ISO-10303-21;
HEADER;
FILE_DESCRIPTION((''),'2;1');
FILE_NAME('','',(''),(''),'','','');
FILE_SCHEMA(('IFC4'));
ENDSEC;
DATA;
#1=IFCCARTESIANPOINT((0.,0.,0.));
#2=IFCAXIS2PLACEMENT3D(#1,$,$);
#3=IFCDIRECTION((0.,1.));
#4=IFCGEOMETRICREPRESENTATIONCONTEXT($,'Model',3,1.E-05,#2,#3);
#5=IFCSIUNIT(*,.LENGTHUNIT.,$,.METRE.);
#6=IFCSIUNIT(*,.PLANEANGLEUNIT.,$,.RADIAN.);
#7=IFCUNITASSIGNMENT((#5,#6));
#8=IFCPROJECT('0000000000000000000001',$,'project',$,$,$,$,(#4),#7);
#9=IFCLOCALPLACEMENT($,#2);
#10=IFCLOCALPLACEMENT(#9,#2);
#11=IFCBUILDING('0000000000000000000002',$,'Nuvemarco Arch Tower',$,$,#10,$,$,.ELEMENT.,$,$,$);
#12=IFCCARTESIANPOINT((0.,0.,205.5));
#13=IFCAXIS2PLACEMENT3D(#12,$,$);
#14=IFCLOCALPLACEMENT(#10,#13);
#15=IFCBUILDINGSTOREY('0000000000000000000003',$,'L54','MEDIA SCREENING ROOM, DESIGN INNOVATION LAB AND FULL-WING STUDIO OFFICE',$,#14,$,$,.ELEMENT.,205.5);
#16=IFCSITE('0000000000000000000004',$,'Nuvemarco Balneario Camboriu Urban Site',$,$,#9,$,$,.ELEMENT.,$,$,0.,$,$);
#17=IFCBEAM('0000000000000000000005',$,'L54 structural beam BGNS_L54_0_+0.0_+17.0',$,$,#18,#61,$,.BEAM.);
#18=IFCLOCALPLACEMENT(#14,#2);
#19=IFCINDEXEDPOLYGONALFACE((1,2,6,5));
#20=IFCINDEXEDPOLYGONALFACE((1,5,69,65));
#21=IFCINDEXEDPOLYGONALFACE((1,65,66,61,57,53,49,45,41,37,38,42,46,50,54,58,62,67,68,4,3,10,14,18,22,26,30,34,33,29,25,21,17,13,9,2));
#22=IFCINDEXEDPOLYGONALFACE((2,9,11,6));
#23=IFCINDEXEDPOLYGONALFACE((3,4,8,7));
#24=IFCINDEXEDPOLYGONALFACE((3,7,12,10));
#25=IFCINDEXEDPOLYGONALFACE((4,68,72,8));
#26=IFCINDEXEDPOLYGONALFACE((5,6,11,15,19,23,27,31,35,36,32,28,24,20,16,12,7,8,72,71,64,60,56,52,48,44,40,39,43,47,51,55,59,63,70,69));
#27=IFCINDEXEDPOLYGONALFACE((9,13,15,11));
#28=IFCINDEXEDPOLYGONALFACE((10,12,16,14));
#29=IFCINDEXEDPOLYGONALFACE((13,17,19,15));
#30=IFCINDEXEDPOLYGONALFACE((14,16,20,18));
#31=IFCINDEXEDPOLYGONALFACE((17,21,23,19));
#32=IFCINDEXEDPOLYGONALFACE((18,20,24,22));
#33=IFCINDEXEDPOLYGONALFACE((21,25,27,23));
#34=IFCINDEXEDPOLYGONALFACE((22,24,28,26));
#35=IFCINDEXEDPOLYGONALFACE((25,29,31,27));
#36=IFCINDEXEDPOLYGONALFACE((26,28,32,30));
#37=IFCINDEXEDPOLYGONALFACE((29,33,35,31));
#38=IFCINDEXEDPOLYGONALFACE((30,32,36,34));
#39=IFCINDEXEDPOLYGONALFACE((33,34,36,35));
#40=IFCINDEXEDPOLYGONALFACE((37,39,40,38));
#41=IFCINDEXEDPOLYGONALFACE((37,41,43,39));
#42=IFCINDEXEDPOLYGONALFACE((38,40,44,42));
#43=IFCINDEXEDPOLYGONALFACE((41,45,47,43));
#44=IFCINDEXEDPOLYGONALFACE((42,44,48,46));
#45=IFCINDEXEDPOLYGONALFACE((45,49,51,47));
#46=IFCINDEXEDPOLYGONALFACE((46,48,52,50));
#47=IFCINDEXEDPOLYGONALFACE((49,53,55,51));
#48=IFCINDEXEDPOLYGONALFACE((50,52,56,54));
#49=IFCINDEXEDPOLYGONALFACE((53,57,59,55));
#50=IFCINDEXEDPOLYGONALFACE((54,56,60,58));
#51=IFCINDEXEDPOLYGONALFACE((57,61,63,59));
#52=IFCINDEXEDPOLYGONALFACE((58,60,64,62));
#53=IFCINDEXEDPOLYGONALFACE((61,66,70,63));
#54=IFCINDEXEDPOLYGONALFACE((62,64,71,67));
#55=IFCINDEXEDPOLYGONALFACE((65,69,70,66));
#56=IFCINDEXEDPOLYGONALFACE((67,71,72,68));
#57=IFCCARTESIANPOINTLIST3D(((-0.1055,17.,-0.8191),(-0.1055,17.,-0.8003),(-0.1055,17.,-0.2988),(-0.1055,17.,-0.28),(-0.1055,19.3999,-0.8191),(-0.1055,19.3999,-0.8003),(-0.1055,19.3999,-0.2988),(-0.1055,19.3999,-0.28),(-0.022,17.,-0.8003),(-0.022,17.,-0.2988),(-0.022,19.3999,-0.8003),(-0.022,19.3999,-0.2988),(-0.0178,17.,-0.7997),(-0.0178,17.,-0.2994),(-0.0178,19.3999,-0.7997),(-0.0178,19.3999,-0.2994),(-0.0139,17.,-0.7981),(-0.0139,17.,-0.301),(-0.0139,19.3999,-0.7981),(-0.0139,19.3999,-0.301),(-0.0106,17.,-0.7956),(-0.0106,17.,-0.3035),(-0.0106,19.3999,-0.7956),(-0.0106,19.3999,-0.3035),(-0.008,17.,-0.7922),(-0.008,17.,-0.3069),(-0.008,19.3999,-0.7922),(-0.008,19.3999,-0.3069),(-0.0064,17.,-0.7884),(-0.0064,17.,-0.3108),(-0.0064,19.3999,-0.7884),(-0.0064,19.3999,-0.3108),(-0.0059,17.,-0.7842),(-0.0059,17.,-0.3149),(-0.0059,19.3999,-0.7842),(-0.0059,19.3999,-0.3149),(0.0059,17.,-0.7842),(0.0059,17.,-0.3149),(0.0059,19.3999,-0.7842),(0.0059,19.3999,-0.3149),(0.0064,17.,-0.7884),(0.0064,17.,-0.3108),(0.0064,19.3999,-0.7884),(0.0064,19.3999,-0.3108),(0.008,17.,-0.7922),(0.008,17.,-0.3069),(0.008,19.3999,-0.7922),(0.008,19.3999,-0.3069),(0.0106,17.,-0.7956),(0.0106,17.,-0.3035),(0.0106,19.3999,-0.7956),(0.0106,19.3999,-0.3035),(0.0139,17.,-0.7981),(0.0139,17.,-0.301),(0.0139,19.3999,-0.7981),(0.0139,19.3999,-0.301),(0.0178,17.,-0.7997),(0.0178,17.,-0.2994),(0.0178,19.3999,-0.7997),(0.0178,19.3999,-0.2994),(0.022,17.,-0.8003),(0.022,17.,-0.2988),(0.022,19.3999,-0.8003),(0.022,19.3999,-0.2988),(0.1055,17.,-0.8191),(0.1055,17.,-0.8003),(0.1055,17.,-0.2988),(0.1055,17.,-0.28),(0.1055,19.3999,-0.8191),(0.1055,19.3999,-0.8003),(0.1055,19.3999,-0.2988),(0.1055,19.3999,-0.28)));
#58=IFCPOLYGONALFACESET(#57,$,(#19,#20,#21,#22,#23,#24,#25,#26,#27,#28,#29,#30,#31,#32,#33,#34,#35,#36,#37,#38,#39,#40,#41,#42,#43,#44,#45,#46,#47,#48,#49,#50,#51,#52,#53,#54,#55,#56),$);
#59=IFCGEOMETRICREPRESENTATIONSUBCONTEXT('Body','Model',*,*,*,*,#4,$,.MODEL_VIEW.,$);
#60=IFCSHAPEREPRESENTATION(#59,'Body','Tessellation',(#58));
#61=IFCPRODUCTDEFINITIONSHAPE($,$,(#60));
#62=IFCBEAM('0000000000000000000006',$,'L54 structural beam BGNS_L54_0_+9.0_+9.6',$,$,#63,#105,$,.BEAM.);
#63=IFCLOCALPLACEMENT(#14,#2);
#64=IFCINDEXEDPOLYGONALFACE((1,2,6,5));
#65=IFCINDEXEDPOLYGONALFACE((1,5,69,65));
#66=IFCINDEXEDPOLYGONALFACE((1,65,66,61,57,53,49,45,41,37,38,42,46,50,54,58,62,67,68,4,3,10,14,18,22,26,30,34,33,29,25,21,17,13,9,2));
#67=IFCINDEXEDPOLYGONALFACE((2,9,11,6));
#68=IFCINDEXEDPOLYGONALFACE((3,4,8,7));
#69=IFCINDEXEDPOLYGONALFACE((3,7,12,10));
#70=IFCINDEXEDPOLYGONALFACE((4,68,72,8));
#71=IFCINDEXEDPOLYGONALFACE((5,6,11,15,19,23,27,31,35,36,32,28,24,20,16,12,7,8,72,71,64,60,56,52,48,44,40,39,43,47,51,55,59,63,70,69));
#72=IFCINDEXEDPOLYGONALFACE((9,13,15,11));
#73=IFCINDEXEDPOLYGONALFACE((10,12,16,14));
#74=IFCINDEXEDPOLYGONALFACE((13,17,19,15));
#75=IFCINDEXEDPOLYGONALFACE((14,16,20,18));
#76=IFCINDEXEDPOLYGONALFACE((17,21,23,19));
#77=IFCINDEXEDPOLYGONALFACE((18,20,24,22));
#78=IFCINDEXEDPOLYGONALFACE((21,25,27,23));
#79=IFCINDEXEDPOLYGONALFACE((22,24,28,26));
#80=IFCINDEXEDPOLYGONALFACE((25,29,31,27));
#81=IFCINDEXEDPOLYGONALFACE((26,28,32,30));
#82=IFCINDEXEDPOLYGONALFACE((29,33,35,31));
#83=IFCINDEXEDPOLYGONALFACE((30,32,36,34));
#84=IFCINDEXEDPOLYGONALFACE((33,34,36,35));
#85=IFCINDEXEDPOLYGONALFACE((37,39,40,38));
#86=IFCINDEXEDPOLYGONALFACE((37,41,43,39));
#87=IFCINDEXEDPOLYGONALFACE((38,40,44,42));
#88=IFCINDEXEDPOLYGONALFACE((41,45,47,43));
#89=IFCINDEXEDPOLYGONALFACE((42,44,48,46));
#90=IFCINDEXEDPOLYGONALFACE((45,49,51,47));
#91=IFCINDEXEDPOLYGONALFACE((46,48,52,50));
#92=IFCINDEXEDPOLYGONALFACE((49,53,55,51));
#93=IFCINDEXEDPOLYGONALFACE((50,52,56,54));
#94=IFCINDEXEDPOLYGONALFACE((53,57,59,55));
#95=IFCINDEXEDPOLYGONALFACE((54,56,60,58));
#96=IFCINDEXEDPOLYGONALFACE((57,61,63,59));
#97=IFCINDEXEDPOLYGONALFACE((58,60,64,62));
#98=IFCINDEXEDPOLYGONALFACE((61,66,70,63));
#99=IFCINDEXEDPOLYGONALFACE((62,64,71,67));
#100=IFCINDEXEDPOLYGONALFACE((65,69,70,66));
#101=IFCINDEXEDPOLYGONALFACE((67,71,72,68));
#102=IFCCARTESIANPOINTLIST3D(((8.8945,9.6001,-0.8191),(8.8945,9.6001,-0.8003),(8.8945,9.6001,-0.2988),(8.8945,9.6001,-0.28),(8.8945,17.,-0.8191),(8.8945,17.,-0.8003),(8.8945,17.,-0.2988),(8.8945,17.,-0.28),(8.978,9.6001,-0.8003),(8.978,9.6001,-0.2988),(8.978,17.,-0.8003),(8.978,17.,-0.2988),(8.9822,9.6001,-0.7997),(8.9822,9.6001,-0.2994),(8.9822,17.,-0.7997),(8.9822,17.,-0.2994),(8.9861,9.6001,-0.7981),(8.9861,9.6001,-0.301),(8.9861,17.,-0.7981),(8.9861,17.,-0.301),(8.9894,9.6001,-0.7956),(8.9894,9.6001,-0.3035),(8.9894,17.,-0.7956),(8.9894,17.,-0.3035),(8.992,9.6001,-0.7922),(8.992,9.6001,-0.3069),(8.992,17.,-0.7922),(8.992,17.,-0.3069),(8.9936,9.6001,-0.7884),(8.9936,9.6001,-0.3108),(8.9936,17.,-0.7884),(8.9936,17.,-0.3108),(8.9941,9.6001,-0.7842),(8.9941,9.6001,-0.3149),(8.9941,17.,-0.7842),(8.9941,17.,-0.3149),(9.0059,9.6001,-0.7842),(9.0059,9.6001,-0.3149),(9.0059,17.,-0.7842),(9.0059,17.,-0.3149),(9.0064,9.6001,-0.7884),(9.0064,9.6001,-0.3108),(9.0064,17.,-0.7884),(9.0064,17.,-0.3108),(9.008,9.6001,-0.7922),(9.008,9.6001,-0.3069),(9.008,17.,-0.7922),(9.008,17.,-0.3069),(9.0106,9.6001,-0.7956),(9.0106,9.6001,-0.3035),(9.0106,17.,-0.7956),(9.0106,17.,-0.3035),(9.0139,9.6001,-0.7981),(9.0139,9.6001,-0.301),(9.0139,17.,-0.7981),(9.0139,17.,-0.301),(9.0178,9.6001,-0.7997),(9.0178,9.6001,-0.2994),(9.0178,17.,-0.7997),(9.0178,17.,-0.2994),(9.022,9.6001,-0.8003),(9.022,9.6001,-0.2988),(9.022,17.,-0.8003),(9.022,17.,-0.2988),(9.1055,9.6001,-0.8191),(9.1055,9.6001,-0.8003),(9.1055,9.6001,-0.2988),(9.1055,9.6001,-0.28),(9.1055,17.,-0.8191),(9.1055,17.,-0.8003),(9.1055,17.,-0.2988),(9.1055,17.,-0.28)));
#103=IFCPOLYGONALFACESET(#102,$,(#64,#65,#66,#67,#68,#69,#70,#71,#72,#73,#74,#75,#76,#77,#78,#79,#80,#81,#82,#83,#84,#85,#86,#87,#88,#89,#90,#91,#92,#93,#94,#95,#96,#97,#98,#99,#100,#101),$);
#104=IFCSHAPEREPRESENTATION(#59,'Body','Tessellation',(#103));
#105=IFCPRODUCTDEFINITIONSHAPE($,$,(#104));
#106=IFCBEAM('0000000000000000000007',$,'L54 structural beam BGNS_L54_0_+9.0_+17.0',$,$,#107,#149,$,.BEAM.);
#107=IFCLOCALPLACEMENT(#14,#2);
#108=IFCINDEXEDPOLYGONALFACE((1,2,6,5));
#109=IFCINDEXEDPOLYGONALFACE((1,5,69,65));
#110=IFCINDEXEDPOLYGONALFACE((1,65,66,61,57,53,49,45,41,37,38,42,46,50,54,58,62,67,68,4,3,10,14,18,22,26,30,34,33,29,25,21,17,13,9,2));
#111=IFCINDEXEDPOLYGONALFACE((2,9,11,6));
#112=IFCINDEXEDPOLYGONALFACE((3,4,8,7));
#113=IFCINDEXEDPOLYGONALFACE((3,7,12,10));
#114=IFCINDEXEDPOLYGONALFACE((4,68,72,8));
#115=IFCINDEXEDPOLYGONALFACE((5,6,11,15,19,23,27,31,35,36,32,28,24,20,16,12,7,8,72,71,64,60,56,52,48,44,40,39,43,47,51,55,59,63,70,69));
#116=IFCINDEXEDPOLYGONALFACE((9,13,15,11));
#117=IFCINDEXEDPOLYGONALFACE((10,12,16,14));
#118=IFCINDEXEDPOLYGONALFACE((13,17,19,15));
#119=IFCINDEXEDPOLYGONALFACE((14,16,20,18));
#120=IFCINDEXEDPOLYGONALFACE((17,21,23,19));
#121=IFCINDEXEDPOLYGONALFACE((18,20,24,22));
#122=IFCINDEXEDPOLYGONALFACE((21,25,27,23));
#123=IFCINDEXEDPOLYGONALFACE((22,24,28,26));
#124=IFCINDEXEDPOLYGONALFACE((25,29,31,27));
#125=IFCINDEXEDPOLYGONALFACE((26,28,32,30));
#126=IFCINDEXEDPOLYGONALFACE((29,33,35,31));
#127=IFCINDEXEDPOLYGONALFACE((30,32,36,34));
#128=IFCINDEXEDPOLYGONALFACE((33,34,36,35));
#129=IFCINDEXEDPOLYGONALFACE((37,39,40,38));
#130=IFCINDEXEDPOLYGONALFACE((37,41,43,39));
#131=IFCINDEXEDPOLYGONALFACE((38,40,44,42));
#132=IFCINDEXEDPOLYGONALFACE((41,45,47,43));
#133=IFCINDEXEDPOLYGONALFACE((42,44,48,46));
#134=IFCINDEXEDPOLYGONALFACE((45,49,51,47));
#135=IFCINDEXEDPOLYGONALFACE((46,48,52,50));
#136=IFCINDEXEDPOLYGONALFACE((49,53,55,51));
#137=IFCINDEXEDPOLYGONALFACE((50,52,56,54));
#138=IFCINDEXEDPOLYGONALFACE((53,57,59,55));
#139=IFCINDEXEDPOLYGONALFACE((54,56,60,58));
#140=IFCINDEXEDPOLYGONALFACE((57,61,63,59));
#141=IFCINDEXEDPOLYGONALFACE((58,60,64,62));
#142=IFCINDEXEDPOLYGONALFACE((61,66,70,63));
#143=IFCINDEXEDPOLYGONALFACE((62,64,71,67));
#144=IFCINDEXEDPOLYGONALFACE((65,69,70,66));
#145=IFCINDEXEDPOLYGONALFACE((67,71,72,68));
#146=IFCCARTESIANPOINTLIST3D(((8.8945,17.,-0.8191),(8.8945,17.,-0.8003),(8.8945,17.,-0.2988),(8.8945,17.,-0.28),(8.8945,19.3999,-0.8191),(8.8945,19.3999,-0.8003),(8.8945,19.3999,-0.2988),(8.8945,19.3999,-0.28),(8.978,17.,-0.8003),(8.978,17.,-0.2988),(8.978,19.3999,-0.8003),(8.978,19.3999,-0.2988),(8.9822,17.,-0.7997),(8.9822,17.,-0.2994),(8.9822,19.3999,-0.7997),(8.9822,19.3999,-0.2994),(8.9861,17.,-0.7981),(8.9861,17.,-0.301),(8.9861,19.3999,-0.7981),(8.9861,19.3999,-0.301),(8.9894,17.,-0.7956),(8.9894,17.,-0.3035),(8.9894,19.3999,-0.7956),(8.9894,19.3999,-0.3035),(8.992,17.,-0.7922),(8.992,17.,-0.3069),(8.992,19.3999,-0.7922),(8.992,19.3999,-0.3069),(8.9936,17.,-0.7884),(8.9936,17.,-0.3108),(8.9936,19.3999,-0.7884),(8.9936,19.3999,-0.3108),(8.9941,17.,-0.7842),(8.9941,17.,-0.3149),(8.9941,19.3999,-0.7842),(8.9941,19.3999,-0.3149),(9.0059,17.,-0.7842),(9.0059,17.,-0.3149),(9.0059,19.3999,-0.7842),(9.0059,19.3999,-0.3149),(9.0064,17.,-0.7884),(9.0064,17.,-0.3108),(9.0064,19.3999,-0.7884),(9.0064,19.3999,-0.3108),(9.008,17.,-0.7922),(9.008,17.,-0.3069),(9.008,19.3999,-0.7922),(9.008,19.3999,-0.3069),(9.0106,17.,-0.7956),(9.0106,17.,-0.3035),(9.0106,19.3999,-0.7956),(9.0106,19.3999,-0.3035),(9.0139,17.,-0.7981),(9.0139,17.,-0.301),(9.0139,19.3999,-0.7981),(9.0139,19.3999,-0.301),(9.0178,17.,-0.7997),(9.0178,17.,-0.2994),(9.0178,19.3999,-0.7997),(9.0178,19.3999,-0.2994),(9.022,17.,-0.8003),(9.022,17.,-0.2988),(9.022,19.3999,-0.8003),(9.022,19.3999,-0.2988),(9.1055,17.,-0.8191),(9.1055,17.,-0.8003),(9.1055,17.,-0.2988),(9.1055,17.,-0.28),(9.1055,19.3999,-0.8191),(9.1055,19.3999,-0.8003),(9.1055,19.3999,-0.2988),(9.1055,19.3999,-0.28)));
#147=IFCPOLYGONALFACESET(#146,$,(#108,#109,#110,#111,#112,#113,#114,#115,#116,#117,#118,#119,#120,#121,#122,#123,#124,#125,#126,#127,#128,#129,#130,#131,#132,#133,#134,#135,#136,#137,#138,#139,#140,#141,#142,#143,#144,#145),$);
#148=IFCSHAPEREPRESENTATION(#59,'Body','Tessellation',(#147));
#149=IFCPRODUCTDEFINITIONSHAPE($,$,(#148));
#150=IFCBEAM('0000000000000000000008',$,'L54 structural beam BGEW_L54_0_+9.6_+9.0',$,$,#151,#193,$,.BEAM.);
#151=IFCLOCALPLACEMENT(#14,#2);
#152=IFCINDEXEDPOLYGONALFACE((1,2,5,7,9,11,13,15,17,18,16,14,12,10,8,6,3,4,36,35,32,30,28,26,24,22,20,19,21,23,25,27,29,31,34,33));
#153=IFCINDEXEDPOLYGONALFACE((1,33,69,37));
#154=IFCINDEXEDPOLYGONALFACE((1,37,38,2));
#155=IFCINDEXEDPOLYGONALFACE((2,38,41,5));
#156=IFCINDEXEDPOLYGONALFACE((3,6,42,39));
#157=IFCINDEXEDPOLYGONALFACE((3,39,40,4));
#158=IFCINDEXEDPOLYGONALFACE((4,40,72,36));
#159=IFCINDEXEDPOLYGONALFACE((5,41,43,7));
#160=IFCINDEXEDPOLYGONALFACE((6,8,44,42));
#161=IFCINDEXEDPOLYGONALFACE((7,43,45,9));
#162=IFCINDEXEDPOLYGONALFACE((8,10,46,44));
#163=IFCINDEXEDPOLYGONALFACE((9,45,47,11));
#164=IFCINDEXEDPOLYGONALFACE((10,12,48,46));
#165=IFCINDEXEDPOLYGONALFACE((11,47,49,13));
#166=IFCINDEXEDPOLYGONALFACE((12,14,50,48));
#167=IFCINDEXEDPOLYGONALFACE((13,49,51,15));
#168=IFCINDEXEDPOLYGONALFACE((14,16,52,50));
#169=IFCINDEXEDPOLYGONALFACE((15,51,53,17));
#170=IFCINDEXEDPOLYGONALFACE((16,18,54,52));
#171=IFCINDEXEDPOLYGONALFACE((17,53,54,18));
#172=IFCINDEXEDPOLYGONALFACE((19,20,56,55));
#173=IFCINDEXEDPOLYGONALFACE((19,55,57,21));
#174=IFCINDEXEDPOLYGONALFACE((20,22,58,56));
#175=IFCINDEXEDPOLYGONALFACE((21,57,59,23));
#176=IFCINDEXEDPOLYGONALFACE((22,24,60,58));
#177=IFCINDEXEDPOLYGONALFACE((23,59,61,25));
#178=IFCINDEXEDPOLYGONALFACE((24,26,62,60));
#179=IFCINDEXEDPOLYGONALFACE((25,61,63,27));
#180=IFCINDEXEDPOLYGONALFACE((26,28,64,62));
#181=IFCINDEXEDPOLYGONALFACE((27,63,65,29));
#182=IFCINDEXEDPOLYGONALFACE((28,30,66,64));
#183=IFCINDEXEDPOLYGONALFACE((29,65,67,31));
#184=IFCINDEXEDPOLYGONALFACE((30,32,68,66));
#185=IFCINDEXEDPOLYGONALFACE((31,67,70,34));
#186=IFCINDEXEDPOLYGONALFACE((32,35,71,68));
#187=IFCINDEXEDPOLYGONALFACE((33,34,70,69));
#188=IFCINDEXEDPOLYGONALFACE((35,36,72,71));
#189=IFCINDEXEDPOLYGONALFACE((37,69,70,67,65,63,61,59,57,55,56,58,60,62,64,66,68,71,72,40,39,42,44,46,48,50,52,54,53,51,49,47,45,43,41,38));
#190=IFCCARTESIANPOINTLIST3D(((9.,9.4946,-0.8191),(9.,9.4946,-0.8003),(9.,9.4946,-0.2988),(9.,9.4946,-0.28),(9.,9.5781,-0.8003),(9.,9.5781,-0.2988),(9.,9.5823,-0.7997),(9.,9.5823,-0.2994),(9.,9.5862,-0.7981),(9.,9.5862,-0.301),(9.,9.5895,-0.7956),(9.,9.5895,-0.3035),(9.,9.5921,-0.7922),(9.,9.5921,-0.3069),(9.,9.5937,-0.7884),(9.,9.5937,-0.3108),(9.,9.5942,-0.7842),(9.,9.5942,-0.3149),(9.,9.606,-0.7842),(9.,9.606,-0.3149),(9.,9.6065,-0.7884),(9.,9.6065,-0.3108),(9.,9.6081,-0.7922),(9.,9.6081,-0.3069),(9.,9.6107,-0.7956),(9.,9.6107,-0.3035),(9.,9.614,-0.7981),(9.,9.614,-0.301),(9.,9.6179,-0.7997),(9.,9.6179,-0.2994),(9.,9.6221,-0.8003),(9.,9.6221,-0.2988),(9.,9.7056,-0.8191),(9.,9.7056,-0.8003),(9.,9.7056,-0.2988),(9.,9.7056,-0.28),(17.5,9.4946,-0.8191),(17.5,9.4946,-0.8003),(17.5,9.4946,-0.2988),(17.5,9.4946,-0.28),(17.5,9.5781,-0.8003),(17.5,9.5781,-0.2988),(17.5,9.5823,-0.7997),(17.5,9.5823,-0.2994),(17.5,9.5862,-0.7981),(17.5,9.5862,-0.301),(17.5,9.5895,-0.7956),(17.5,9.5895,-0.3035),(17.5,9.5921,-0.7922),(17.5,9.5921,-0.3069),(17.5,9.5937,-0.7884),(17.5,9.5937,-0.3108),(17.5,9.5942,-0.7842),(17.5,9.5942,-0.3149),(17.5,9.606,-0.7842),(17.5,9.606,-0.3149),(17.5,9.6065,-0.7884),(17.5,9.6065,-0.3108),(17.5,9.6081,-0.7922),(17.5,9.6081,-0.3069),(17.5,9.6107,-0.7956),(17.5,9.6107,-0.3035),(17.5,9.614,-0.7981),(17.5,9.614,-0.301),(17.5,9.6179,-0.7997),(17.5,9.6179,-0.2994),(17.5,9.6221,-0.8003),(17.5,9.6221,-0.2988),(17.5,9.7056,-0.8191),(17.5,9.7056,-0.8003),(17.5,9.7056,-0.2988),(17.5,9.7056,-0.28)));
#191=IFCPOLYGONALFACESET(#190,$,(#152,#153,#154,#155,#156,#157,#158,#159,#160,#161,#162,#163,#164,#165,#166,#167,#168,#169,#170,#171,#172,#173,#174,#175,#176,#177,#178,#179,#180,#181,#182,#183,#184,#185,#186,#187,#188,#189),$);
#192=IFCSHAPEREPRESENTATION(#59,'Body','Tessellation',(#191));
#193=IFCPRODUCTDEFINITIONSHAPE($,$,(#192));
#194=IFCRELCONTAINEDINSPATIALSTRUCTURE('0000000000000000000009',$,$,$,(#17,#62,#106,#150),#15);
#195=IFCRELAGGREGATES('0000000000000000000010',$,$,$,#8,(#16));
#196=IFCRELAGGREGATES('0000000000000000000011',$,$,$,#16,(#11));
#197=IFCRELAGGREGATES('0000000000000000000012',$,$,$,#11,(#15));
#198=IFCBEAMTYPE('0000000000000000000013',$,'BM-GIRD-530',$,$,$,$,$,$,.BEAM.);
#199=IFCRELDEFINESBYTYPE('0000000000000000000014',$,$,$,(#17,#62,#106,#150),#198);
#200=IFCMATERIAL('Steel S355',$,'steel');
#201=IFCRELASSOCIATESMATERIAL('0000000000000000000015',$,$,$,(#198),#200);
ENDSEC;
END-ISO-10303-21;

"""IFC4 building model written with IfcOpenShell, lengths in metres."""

from ifc_helpers import new_model, si_unit, direction, frame, origin, origin_2d, place, context, subcontext, project, spatial, i_section, extrude, material, material_profile, profile_set, type_object, element, save


model = new_model("IFC4")

# Units and contexts
model_context = context("Model", 3, precision=1e-05, world=origin(), true_north=direction((0.0, 1.0)))
body_context = subcontext(model_context, "Body", "Model", "MODEL_VIEW")
ifc_project = project(units=[si_unit("LENGTHUNIT", "METRE"), si_unit("PLANEANGLEUNIT", "RADIAN")], contexts=[model_context])

# Site, building, storey
site_placement = place(None, origin())
site = spatial("IfcSite", under=ifc_project, at=site_placement, Name="Nuvemarco Balneario Camboriu Urban Site", CompositionType="ELEMENT", RefElevation=0.0)
building_placement = place(site_placement, origin())
building = spatial("IfcBuilding", under=site, at=building_placement, Name="Nuvemarco Arch Tower", CompositionType="ELEMENT")
storey_placement = place(building_placement, frame((0.0, 0.0, 205.5)))
storey = spatial("IfcBuildingStorey", under=building, at=storey_placement, Name="L54", Description="MEDIA SCREENING ROOM, DESIGN INNOVATION LAB AND FULL-WING STUDIO OFFICE", CompositionType="ELEMENT", Elevation=205.5)

# Shared definitions
ifc_material_1 = material(Name="Steel S355", Category="steel")

# Beams
ifc_material_profile_1 = material_profile(ifc_material_1, i_section(OverallWidth=0.2109, OverallDepth=0.5391, WebThickness=0.0117, FlangeThickness=0.0188, FilletRadius=0.0161, at=origin_2d()), Name="W530x109")
ifc_profile_set_1 = profile_set([ifc_material_profile_1], Name="Steel S355")
beam_type_1 = type_object("IfcBeamType", Name="BM-GIRD-530", PredefinedType="BEAM", material=ifc_profile_set_1)
beam_1_placement = place(storey_placement, frame((0.0, 17.0, -0.5496), z_axis=(0.0, 1.0, 0.0), x_axis=(-1.0, 0.0, 0.0)))
element("IfcBeam", 1, at=beam_1_placement, inside=storey, type_object=beam_type_1, Name="L54 structural beam BGNS_L54_0_+0.0_+17.0", PredefinedType="BEAM", context=body_context, shape_type="SweptSolid", body=[
    extrude(i_section(OverallWidth=0.2109, OverallDepth=0.5391, WebThickness=0.0117, FlangeThickness=0.0188, FilletRadius=0.0161, at=origin_2d()), origin(), (0.0, 0.0, 1.0), 2.3999),
])
beam_2_placement = place(storey_placement, frame((9.0, 9.6001, -0.5496), z_axis=(0.0, 1.0, 0.0), x_axis=(-1.0, 0.0, 0.0)))
element("IfcBeam", 2, at=beam_2_placement, inside=storey, type_object=beam_type_1, Name="L54 structural beam BGNS_L54_0_+9.0_+9.6", PredefinedType="BEAM", context=body_context, shape_type="SweptSolid", body=[
    extrude(i_section(OverallWidth=0.2109, OverallDepth=0.5391, WebThickness=0.0117, FlangeThickness=0.0188, FilletRadius=0.0161, at=origin_2d()), origin(), (0.0, 0.0, 1.0), 7.3999),
])
beam_3_placement = place(storey_placement, frame((9.0, 17.0, -0.5496), z_axis=(0.0, 1.0, 0.0), x_axis=(-1.0, 0.0, 0.0)))
element("IfcBeam", 3, at=beam_3_placement, inside=storey, type_object=beam_type_1, Name="L54 structural beam BGNS_L54_0_+9.0_+17.0", PredefinedType="BEAM", context=body_context, shape_type="SweptSolid", body=[
    extrude(i_section(OverallWidth=0.2109, OverallDepth=0.5391, WebThickness=0.0117, FlangeThickness=0.0188, FilletRadius=0.0161, at=origin_2d()), origin(), (0.0, 0.0, 1.0), 2.3999),
])
beam_4_placement = place(storey_placement, frame((9.0, 9.6001, -0.5496), z_axis=(1.0, 0.0, 0.0), x_axis=(0.0, 1.0, 0.0)))
element("IfcBeam", 4, at=beam_4_placement, inside=storey, type_object=beam_type_1, Name="L54 structural beam BGEW_L54_0_+9.6_+9.0", PredefinedType="BEAM", context=body_context, shape_type="SweptSolid", body=[
    extrude(i_section(OverallWidth=0.2109, OverallDepth=0.5391, WebThickness=0.0117, FlangeThickness=0.0188, FilletRadius=0.0161, at=origin_2d()), origin(), (0.0, 0.0, 1.0), 8.5),
])

save(model, "model.ifc")
